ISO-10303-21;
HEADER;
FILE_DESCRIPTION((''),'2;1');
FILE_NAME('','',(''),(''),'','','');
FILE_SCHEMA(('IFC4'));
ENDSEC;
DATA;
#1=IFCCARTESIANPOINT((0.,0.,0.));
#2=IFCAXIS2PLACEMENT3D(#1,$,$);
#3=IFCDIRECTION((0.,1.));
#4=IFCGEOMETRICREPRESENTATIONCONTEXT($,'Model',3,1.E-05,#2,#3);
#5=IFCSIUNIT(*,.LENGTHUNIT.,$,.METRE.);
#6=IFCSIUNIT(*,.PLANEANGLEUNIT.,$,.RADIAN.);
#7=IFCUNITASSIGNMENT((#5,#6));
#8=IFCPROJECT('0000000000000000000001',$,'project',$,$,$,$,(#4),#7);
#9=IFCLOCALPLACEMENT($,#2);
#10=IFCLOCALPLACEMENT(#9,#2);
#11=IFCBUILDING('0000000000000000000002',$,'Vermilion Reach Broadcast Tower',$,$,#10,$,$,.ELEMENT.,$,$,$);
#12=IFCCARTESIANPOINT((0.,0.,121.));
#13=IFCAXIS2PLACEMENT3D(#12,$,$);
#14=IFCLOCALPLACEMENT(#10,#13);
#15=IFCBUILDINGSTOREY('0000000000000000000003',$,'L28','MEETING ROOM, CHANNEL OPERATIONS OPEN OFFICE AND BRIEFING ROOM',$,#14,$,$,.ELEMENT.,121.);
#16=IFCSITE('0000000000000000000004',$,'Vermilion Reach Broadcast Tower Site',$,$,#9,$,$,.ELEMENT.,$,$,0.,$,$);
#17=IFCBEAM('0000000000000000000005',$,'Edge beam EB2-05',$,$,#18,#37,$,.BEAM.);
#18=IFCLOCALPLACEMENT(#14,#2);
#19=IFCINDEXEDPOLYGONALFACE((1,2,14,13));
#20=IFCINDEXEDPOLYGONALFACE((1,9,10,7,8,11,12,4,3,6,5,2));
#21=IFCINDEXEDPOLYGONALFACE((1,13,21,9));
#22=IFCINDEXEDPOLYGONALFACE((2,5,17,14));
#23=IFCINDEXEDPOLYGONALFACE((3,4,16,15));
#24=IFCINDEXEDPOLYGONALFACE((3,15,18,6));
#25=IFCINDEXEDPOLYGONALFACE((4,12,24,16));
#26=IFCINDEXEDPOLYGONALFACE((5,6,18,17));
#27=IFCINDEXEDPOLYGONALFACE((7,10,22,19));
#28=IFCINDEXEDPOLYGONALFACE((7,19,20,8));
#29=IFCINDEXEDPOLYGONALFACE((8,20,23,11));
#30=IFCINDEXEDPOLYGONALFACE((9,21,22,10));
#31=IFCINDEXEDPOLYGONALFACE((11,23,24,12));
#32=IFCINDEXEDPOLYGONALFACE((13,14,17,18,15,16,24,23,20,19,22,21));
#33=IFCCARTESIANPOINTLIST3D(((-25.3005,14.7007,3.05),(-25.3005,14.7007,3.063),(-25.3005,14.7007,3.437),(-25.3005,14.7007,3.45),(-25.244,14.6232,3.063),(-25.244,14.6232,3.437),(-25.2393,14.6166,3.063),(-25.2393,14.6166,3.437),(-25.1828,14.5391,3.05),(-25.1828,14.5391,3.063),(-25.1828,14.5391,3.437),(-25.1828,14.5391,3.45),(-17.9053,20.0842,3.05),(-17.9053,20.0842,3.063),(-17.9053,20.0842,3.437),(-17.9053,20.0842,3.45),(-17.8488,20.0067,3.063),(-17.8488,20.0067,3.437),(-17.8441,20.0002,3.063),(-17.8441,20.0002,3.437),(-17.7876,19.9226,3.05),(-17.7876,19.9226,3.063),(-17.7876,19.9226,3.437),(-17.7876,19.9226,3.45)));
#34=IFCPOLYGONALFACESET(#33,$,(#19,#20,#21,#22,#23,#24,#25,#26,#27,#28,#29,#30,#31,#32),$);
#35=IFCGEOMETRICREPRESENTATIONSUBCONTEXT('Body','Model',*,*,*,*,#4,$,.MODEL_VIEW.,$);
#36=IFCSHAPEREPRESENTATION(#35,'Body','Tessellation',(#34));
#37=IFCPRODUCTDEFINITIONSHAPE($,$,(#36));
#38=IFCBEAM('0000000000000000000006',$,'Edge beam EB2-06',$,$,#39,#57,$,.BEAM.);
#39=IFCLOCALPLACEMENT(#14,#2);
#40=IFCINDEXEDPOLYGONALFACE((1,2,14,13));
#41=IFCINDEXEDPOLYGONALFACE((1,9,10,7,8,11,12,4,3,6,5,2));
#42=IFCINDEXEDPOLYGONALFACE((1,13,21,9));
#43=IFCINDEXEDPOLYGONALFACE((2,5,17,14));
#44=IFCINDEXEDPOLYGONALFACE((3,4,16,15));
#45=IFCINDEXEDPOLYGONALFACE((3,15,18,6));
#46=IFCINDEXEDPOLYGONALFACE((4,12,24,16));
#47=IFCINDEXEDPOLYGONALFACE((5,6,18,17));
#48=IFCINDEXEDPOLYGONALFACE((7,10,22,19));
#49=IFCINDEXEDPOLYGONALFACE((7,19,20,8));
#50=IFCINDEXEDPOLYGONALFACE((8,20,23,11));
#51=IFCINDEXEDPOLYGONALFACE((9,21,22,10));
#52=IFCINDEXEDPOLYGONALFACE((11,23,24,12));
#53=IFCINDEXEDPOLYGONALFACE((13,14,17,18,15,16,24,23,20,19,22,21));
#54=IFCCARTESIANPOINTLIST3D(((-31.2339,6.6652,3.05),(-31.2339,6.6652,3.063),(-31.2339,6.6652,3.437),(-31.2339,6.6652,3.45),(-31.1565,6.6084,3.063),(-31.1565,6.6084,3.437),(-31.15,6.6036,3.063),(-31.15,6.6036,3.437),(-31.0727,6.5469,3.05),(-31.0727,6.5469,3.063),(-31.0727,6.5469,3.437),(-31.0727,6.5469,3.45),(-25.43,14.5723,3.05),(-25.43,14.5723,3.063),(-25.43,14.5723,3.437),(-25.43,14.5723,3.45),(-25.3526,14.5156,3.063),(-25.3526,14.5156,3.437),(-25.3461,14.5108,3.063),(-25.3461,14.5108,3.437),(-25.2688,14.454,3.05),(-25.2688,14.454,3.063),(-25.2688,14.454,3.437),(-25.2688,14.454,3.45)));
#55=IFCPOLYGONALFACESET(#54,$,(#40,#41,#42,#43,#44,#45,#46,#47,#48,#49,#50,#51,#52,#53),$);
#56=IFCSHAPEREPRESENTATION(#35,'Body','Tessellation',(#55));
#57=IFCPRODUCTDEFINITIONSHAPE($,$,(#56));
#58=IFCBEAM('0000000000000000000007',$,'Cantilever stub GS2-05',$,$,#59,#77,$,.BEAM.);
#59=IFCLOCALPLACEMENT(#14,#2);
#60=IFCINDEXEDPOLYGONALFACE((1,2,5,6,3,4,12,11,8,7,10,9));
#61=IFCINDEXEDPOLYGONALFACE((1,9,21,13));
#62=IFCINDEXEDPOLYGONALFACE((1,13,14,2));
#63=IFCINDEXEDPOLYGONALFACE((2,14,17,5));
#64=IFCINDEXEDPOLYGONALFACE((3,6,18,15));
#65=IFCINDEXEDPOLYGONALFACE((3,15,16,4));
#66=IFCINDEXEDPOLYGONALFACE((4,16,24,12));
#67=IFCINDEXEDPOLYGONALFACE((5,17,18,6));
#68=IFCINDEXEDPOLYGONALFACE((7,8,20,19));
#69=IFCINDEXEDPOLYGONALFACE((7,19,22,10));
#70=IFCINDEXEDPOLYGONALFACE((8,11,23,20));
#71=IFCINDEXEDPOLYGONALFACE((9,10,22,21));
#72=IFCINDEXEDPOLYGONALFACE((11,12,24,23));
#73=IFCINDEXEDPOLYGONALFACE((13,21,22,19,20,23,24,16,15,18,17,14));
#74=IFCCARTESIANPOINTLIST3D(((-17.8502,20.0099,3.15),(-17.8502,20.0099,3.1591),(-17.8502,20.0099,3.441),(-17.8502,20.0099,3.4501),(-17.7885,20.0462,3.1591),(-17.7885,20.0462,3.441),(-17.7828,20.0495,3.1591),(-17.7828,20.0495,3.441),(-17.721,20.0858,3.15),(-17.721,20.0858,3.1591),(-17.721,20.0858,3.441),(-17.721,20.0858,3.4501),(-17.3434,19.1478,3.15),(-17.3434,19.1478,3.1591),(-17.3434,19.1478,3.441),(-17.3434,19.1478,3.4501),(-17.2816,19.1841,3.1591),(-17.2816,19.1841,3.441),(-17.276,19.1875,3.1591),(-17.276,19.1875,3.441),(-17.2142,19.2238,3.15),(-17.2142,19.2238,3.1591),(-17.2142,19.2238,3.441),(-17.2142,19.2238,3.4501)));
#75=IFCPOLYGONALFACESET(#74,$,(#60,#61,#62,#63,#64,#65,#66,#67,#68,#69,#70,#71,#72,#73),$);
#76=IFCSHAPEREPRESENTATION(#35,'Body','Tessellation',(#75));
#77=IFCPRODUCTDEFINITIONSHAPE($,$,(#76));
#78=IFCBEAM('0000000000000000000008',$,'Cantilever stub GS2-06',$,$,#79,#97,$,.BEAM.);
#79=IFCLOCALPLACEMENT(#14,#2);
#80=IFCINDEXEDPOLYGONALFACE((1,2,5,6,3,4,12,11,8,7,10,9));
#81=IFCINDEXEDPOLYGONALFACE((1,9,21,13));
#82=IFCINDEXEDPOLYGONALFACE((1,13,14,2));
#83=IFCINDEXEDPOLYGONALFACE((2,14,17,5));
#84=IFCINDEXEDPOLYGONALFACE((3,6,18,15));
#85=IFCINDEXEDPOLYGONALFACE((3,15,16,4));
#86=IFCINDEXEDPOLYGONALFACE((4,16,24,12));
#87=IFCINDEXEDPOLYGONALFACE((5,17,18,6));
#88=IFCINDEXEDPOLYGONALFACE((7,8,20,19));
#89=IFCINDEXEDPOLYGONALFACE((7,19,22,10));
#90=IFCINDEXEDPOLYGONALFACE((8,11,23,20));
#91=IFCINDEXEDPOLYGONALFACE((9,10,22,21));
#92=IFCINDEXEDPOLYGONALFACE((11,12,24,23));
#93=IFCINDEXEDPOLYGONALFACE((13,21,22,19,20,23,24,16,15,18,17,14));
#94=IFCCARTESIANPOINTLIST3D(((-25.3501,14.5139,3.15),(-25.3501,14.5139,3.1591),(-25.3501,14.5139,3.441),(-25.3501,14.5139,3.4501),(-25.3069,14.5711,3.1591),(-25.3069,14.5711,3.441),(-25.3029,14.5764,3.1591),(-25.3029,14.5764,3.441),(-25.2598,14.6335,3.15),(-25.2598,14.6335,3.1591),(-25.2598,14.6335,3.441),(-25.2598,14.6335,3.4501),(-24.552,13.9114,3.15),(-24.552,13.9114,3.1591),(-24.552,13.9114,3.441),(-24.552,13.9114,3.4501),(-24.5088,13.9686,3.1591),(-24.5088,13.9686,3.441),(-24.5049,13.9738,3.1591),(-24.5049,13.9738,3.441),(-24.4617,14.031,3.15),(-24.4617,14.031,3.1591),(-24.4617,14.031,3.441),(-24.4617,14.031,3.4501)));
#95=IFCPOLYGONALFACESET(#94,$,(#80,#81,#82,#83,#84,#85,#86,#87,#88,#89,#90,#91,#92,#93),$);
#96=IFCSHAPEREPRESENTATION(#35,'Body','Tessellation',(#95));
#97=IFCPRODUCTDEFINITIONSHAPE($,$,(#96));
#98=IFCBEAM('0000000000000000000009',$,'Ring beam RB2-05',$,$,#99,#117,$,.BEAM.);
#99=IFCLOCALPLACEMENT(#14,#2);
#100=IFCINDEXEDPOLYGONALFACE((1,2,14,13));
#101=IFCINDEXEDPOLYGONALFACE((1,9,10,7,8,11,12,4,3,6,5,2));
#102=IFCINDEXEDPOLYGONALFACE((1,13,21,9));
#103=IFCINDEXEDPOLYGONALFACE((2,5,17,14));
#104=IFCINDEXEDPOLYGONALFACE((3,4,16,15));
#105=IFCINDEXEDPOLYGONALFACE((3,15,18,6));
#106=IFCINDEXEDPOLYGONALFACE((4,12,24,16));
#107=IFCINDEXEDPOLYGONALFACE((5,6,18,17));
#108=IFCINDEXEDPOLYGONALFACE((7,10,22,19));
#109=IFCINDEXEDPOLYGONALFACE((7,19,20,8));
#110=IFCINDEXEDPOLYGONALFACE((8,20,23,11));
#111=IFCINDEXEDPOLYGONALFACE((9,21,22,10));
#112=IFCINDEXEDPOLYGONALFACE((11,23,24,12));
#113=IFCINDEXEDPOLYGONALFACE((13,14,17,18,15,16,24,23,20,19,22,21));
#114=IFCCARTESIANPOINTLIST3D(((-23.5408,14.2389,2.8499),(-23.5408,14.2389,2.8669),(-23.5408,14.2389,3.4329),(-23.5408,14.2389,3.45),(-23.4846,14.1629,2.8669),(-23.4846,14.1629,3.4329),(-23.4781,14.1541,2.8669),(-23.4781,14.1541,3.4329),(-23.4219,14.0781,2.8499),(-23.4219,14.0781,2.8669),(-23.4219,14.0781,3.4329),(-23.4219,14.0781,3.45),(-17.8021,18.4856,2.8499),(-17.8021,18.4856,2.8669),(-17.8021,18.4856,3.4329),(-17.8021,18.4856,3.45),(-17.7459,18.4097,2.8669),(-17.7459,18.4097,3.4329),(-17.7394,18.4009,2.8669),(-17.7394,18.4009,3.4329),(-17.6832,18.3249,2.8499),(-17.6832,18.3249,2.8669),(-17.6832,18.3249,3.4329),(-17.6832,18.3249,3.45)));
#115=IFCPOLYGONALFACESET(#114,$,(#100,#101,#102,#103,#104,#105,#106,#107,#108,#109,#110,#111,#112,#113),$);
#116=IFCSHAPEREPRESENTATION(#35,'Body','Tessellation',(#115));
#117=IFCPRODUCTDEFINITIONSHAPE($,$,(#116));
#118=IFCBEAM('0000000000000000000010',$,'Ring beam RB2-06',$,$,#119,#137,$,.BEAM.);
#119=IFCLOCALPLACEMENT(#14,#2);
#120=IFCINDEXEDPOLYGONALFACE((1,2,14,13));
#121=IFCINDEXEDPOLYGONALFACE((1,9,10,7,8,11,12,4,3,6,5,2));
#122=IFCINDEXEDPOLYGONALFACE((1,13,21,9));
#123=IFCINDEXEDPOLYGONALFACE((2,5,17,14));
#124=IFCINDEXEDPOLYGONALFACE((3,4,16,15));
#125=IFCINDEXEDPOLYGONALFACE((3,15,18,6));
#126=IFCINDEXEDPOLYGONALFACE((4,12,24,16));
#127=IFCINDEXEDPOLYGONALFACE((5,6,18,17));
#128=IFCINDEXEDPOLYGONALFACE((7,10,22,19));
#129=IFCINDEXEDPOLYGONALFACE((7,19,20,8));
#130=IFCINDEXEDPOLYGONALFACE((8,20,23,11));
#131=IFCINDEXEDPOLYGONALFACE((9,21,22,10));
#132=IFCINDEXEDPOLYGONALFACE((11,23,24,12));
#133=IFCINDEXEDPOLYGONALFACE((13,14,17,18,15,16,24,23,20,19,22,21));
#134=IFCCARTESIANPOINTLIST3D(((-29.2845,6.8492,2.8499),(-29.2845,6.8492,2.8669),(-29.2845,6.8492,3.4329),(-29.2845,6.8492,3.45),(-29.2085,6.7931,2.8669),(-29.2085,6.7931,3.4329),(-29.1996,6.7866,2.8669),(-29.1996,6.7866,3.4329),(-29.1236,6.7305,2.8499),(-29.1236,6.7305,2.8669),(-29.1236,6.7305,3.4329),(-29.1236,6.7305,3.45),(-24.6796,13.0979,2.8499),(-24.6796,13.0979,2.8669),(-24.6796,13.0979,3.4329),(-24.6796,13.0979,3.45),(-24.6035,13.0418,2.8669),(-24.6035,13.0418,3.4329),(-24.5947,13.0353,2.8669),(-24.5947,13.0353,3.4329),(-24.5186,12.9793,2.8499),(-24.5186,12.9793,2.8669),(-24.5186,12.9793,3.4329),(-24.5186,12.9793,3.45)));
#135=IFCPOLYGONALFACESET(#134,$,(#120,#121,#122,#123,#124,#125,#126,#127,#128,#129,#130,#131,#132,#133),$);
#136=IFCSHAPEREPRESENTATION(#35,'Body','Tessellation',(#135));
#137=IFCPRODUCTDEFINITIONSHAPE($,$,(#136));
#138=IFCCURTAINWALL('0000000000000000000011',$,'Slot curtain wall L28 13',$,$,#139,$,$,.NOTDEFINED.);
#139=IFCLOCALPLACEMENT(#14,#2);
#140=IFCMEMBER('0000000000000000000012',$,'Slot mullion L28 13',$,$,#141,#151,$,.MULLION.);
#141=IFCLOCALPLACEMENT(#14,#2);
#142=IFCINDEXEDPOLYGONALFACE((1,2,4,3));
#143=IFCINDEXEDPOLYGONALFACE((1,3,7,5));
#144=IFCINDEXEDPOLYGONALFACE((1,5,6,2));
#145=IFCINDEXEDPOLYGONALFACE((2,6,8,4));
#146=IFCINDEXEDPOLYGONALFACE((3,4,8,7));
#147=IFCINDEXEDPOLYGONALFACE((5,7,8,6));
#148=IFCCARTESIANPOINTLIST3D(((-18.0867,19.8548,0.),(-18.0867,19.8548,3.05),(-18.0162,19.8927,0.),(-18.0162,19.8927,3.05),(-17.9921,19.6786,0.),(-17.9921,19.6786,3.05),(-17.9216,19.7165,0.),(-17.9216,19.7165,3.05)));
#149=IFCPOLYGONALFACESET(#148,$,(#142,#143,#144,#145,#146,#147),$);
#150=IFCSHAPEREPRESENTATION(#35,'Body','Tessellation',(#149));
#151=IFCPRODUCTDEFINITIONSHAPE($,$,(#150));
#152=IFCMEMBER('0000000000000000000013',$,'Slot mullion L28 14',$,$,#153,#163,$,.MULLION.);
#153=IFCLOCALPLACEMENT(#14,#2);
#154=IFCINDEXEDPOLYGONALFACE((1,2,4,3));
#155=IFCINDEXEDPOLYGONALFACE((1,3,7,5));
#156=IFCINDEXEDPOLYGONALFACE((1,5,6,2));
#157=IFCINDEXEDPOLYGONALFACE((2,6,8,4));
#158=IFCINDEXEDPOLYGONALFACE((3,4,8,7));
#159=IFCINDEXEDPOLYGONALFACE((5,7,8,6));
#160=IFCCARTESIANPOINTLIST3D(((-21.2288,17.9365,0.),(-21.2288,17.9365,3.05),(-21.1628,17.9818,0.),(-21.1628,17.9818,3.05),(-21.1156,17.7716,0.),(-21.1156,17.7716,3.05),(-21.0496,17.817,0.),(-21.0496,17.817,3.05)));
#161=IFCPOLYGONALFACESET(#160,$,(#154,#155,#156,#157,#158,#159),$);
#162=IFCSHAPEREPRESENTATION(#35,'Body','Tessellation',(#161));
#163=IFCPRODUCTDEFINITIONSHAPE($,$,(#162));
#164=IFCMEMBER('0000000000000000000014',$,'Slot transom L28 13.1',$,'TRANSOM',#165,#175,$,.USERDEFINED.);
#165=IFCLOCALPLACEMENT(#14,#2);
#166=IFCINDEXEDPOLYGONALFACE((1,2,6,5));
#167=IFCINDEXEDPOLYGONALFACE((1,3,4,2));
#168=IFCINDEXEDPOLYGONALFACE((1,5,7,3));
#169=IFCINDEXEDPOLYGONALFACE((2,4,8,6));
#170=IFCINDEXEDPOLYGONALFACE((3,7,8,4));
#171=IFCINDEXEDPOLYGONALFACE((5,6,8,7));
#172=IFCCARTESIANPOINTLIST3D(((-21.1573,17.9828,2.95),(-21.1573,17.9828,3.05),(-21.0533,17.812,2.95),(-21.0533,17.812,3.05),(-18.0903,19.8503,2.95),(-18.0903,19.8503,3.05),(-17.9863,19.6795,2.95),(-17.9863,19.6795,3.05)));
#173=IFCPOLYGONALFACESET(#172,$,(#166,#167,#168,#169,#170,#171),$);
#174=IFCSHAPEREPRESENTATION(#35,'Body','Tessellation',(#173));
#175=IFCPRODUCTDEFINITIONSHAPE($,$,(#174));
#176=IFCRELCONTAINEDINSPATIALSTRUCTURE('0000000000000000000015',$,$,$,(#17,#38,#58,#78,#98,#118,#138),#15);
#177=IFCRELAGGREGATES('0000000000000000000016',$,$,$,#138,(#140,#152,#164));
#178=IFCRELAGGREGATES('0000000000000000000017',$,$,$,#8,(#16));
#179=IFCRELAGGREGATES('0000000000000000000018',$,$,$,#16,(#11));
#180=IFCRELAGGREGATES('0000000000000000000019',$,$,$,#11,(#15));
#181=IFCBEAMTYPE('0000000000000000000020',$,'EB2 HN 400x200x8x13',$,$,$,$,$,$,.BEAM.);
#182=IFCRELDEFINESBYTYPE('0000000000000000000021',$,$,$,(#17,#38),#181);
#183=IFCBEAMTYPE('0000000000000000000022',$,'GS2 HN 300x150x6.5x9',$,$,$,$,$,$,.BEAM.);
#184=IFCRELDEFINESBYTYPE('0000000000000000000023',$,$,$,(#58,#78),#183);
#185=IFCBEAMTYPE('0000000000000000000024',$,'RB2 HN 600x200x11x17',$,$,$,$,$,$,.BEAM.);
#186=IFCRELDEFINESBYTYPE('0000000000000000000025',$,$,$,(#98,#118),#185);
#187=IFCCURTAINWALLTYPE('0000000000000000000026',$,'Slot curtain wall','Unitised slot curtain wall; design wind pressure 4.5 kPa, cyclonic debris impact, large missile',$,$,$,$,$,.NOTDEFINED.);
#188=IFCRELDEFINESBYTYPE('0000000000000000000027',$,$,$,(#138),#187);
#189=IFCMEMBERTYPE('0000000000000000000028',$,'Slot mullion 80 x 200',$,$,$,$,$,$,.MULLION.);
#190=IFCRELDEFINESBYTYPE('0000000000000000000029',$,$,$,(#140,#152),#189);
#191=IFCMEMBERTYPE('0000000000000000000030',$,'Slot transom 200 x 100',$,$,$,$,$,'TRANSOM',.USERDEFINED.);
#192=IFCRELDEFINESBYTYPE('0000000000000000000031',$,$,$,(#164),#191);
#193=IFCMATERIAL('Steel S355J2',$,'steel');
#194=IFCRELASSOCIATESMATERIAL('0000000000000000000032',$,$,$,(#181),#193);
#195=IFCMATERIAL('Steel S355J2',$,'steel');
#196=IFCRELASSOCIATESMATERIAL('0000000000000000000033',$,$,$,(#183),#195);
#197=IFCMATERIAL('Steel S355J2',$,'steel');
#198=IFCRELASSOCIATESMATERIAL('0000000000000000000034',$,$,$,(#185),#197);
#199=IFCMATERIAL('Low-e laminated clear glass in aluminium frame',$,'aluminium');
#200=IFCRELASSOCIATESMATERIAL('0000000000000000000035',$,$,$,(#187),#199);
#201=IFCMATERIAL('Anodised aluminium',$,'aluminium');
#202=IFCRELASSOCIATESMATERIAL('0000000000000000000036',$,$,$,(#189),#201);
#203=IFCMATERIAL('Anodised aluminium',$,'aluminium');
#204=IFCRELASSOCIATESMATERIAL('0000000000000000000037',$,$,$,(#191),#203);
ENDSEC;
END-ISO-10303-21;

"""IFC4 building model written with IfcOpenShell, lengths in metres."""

from ifc_helpers import new_model, si_unit, direction, frame, origin, origin_2d, place, context, subcontext, project, spatial, rectangle, i_section, extrude, material, material_profile, profile_set, type_object, element, aggregate, save


model = new_model("IFC4")

# Units and contexts
model_context = context("Model", 3, precision=1e-05, world=origin(), true_north=direction((0.0, 1.0)))
body_context = subcontext(model_context, "Body", "Model", "MODEL_VIEW")
ifc_project = project(units=[si_unit("LENGTHUNIT", "METRE"), si_unit("PLANEANGLEUNIT", "RADIAN")], contexts=[model_context])

# Site, building, storey
site_placement = place(None, origin())
site = spatial("IfcSite", under=ifc_project, at=site_placement, Name="Vermilion Reach Broadcast Tower Site", CompositionType="ELEMENT", RefElevation=0.0)
building_placement = place(site_placement, origin())
building = spatial("IfcBuilding", under=site, at=building_placement, Name="Vermilion Reach Broadcast Tower", CompositionType="ELEMENT")
storey_placement = place(building_placement, frame((0.0, 0.0, 121.0)))
storey = spatial("IfcBuildingStorey", under=building, at=storey_placement, Name="L28", Description="MEETING ROOM, CHANNEL OPERATIONS OPEN OFFICE AND BRIEFING ROOM", CompositionType="ELEMENT", Elevation=121.0)

# Beams
ifc_material_1 = material(Name="Steel S355J2", Category="steel")
ifc_material_profile_1 = material_profile(ifc_material_1, i_section(OverallWidth=0.2, OverallDepth=0.3999, WebThickness=0.0081, FlangeThickness=0.0129, at=origin_2d()), Name="S355J2 HN 400x200x8x13")
ifc_profile_set_1 = profile_set([ifc_material_profile_1], Name="Steel S355J2")
beam_type_1 = type_object("IfcBeamType", Name="EB2 HN 400x200x8x13", PredefinedType="BEAM", material=ifc_profile_set_1)
beam_1_placement = place(storey_placement, frame((-17.8464, 20.0034, 3.25), z_axis=(-0.808467, -0.588541, 0.0), x_axis=(0.588541, -0.808467, 0.0)))
element("IfcBeam", 1, at=beam_1_placement, inside=storey, type_object=beam_type_1, Name="Edge beam EB2-05", PredefinedType="BEAM", context=body_context, shape_type="SweptSolid", body=[
    extrude(i_section(OverallWidth=0.2, OverallDepth=0.3999, WebThickness=0.0081, FlangeThickness=0.0129, at=origin_2d()), origin(), (0.0, 0.0, 1.0), 9.1472),
])
beam_2_placement = place(storey_placement, frame((-25.3494, 14.5132, 3.25), z_axis=(-0.591716, -0.806146, 0.0), x_axis=(0.806146, -0.591716, 0.0)))
element("IfcBeam", 2, at=beam_2_placement, inside=storey, type_object=beam_type_1, Name="Edge beam EB2-06", PredefinedType="BEAM", context=body_context, shape_type="SweptSolid", body=[
    extrude(i_section(OverallWidth=0.2, OverallDepth=0.3999, WebThickness=0.0081, FlangeThickness=0.0129, at=origin_2d()), origin(), (0.0, 0.0, 1.0), 9.8086),
])
ifc_material_2 = material(Name="Steel S355J2", Category="steel")
ifc_material_profile_2 = material_profile(ifc_material_2, i_section(OverallWidth=0.1499, OverallDepth=0.3, WebThickness=0.0066, FlangeThickness=0.009, at=origin_2d()), Name="S355J2 HN 300x150x6.5x9")
ifc_profile_set_2 = profile_set([ifc_material_profile_2], Name="Steel S355J2")
beam_type_2 = type_object("IfcBeamType", Name="GS2 HN 300x150x6.5x9", PredefinedType="BEAM", material=ifc_profile_set_2)
for number, where, z_axis, x_axis, name in (
    (3, (-17.2788, 19.1858, 3.3), (-0.506828, 0.862047, 0.0), (-0.862047, -0.506828, 0.0), "Cantilever stub GS2-05"),
    (4, (-24.5068, 13.9712, 3.3), (-0.798092, 0.602536, 0.0), (-0.602536, -0.798092, 0.0), "Cantilever stub GS2-06"),
):
    element("IfcBeam", number, at=place(storey_placement, frame(where, z_axis=z_axis, x_axis=x_axis)), inside=storey, type_object=beam_type_2, Name=name, PredefinedType="BEAM", context=body_context, shape_type="SweptSolid", body=[
        extrude(i_section(OverallWidth=0.1499, OverallDepth=0.3, WebThickness=0.0066, FlangeThickness=0.009, at=origin_2d()), origin(), (0.0, 0.0, 1.0), 1.0),
    ])
ifc_material_3 = material(Name="Steel S355J2", Category="steel")
ifc_material_profile_3 = material_profile(ifc_material_3, i_section(OverallWidth=0.2, OverallDepth=0.6001, WebThickness=0.011, FlangeThickness=0.0171, at=origin_2d()), Name="S355J2 HN 600x200x11x17")
ifc_profile_set_3 = profile_set([ifc_material_profile_3], Name="Steel S355J2")
beam_type_3 = type_object("IfcBeamType", Name="RB2 HN 600x200x11x17", PredefinedType="BEAM", material=ifc_profile_set_3)
beam_3_placement = place(storey_placement, frame((-17.7427, 18.4053, 3.1499), z_axis=(-0.803833, -0.594855, 0.0), x_axis=(0.594855, -0.803833, 0.0)))
element("IfcBeam", 5, at=beam_3_placement, inside=storey, type_object=beam_type_3, Name="Ring beam RB2-05", PredefinedType="BEAM", context=body_context, shape_type="SweptSolid", body=[
    extrude(i_section(OverallWidth=0.2, OverallDepth=0.6001, WebThickness=0.011, FlangeThickness=0.0171, at=origin_2d()), origin(), (0.0, 0.0, 1.0), 7.1392),
])
beam_4_placement = place(storey_placement, frame((-24.5991, 13.0386, 3.1499), z_axis=(-0.593251, -0.805018, 0.0), x_axis=(0.805018, -0.593251, 0.0)))
element("IfcBeam", 6, at=beam_4_placement, inside=storey, type_object=beam_type_3, Name="Ring beam RB2-06", PredefinedType="BEAM", context=body_context, shape_type="SweptSolid", body=[
    extrude(i_section(OverallWidth=0.2, OverallDepth=0.6001, WebThickness=0.011, FlangeThickness=0.0171, at=origin_2d()), origin(), (0.0, 0.0, 1.0), 7.7622),
])

# Curtain wall, members
ifc_material_4 = material(Name="Low-e laminated clear glass in aluminium frame", Category="aluminium")
curtain_wall_type = type_object("IfcCurtainWallType", Name="Slot curtain wall", Description="Unitised slot curtain wall; design wind pressure 4.5 kPa, cyclonic debris impact, large missile", PredefinedType="NOTDEFINED", material=ifc_material_4)
curtain_wall_placement = place(storey_placement, origin())
curtain_wall = element("IfcCurtainWall", 7, at=curtain_wall_placement, inside=storey, type_object=curtain_wall_type, Name="Slot curtain wall L28 13", PredefinedType="NOTDEFINED")
ifc_material_5 = material(Name="Anodised aluminium", Category="aluminium")
ifc_material_profile_4 = material_profile(ifc_material_5, rectangle(XDim=0.2, YDim=0.0801, at=origin_2d()), Name="Slot mullion 80 x 200")
ifc_profile_set_4 = profile_set([ifc_material_profile_4], Name="Anodised aluminium")
member_type_1 = type_object("IfcMemberType", Name="Slot mullion 80 x 200", PredefinedType="MULLION", material=ifc_profile_set_4)
member_1_placement = place(storey_placement, frame((-18.0042, 19.7856, 0.0), z_axis=(0.0, 0.0, 1.0), x_axis=(0.473257, -0.880924, 0.0)))
member_1 = element("IfcMember", 8, at=member_1_placement, type_object=member_type_1, Name="Slot mullion L28 13", PredefinedType="MULLION", context=body_context, shape_type="SweptSolid", body=[
    extrude(rectangle(XDim=0.2, YDim=0.0801, at=origin_2d()), origin(), (0.0, 0.0, 1.0), 3.05),
])
member_2_placement = place(storey_placement, frame((-21.1392, 17.8767, 0.0), z_axis=(0.0, 0.0, 1.0), x_axis=(0.566133, -0.824314, 0.0)))
member_2 = element("IfcMember", 9, at=member_2_placement, type_object=member_type_1, Name="Slot mullion L28 14", PredefinedType="MULLION", context=body_context, shape_type="SweptSolid", body=[
    extrude(rectangle(XDim=0.2, YDim=0.0801, at=origin_2d()), origin(), (0.0, 0.0, 1.0), 3.05),
])
ifc_material_6 = material(Name="Anodised aluminium", Category="aluminium")
ifc_material_profile_5 = material_profile(ifc_material_6, rectangle(XDim=0.2, YDim=0.1001, at=origin_2d()), Name="Slot transom 200 x 100")
ifc_profile_set_5 = profile_set([ifc_material_profile_5], Name="Anodised aluminium")
member_type_2 = type_object("IfcMemberType", Name="Slot transom 200 x 100", ElementType="TRANSOM", PredefinedType="USERDEFINED", material=ifc_profile_set_5)
member_3_placement = place(storey_placement, frame((-18.0383, 19.7649, 3.0), z_axis=(-0.854121, -0.520074, 0.0), x_axis=(0.520074, -0.854121, 0.0)))
member_3 = element("IfcMember", 10, at=member_3_placement, type_object=member_type_2, Name="Slot transom L28 13.1", ObjectType="TRANSOM", PredefinedType="USERDEFINED", context=body_context, shape_type="SweptSolid", body=[
    extrude(rectangle(XDim=0.2, YDim=0.1001, at=origin_2d()), origin(), (0.0, 0.0, 1.0), 3.5908),
])
aggregate(curtain_wall, [member_1, member_2, member_3])

save(model, "model.ifc")
